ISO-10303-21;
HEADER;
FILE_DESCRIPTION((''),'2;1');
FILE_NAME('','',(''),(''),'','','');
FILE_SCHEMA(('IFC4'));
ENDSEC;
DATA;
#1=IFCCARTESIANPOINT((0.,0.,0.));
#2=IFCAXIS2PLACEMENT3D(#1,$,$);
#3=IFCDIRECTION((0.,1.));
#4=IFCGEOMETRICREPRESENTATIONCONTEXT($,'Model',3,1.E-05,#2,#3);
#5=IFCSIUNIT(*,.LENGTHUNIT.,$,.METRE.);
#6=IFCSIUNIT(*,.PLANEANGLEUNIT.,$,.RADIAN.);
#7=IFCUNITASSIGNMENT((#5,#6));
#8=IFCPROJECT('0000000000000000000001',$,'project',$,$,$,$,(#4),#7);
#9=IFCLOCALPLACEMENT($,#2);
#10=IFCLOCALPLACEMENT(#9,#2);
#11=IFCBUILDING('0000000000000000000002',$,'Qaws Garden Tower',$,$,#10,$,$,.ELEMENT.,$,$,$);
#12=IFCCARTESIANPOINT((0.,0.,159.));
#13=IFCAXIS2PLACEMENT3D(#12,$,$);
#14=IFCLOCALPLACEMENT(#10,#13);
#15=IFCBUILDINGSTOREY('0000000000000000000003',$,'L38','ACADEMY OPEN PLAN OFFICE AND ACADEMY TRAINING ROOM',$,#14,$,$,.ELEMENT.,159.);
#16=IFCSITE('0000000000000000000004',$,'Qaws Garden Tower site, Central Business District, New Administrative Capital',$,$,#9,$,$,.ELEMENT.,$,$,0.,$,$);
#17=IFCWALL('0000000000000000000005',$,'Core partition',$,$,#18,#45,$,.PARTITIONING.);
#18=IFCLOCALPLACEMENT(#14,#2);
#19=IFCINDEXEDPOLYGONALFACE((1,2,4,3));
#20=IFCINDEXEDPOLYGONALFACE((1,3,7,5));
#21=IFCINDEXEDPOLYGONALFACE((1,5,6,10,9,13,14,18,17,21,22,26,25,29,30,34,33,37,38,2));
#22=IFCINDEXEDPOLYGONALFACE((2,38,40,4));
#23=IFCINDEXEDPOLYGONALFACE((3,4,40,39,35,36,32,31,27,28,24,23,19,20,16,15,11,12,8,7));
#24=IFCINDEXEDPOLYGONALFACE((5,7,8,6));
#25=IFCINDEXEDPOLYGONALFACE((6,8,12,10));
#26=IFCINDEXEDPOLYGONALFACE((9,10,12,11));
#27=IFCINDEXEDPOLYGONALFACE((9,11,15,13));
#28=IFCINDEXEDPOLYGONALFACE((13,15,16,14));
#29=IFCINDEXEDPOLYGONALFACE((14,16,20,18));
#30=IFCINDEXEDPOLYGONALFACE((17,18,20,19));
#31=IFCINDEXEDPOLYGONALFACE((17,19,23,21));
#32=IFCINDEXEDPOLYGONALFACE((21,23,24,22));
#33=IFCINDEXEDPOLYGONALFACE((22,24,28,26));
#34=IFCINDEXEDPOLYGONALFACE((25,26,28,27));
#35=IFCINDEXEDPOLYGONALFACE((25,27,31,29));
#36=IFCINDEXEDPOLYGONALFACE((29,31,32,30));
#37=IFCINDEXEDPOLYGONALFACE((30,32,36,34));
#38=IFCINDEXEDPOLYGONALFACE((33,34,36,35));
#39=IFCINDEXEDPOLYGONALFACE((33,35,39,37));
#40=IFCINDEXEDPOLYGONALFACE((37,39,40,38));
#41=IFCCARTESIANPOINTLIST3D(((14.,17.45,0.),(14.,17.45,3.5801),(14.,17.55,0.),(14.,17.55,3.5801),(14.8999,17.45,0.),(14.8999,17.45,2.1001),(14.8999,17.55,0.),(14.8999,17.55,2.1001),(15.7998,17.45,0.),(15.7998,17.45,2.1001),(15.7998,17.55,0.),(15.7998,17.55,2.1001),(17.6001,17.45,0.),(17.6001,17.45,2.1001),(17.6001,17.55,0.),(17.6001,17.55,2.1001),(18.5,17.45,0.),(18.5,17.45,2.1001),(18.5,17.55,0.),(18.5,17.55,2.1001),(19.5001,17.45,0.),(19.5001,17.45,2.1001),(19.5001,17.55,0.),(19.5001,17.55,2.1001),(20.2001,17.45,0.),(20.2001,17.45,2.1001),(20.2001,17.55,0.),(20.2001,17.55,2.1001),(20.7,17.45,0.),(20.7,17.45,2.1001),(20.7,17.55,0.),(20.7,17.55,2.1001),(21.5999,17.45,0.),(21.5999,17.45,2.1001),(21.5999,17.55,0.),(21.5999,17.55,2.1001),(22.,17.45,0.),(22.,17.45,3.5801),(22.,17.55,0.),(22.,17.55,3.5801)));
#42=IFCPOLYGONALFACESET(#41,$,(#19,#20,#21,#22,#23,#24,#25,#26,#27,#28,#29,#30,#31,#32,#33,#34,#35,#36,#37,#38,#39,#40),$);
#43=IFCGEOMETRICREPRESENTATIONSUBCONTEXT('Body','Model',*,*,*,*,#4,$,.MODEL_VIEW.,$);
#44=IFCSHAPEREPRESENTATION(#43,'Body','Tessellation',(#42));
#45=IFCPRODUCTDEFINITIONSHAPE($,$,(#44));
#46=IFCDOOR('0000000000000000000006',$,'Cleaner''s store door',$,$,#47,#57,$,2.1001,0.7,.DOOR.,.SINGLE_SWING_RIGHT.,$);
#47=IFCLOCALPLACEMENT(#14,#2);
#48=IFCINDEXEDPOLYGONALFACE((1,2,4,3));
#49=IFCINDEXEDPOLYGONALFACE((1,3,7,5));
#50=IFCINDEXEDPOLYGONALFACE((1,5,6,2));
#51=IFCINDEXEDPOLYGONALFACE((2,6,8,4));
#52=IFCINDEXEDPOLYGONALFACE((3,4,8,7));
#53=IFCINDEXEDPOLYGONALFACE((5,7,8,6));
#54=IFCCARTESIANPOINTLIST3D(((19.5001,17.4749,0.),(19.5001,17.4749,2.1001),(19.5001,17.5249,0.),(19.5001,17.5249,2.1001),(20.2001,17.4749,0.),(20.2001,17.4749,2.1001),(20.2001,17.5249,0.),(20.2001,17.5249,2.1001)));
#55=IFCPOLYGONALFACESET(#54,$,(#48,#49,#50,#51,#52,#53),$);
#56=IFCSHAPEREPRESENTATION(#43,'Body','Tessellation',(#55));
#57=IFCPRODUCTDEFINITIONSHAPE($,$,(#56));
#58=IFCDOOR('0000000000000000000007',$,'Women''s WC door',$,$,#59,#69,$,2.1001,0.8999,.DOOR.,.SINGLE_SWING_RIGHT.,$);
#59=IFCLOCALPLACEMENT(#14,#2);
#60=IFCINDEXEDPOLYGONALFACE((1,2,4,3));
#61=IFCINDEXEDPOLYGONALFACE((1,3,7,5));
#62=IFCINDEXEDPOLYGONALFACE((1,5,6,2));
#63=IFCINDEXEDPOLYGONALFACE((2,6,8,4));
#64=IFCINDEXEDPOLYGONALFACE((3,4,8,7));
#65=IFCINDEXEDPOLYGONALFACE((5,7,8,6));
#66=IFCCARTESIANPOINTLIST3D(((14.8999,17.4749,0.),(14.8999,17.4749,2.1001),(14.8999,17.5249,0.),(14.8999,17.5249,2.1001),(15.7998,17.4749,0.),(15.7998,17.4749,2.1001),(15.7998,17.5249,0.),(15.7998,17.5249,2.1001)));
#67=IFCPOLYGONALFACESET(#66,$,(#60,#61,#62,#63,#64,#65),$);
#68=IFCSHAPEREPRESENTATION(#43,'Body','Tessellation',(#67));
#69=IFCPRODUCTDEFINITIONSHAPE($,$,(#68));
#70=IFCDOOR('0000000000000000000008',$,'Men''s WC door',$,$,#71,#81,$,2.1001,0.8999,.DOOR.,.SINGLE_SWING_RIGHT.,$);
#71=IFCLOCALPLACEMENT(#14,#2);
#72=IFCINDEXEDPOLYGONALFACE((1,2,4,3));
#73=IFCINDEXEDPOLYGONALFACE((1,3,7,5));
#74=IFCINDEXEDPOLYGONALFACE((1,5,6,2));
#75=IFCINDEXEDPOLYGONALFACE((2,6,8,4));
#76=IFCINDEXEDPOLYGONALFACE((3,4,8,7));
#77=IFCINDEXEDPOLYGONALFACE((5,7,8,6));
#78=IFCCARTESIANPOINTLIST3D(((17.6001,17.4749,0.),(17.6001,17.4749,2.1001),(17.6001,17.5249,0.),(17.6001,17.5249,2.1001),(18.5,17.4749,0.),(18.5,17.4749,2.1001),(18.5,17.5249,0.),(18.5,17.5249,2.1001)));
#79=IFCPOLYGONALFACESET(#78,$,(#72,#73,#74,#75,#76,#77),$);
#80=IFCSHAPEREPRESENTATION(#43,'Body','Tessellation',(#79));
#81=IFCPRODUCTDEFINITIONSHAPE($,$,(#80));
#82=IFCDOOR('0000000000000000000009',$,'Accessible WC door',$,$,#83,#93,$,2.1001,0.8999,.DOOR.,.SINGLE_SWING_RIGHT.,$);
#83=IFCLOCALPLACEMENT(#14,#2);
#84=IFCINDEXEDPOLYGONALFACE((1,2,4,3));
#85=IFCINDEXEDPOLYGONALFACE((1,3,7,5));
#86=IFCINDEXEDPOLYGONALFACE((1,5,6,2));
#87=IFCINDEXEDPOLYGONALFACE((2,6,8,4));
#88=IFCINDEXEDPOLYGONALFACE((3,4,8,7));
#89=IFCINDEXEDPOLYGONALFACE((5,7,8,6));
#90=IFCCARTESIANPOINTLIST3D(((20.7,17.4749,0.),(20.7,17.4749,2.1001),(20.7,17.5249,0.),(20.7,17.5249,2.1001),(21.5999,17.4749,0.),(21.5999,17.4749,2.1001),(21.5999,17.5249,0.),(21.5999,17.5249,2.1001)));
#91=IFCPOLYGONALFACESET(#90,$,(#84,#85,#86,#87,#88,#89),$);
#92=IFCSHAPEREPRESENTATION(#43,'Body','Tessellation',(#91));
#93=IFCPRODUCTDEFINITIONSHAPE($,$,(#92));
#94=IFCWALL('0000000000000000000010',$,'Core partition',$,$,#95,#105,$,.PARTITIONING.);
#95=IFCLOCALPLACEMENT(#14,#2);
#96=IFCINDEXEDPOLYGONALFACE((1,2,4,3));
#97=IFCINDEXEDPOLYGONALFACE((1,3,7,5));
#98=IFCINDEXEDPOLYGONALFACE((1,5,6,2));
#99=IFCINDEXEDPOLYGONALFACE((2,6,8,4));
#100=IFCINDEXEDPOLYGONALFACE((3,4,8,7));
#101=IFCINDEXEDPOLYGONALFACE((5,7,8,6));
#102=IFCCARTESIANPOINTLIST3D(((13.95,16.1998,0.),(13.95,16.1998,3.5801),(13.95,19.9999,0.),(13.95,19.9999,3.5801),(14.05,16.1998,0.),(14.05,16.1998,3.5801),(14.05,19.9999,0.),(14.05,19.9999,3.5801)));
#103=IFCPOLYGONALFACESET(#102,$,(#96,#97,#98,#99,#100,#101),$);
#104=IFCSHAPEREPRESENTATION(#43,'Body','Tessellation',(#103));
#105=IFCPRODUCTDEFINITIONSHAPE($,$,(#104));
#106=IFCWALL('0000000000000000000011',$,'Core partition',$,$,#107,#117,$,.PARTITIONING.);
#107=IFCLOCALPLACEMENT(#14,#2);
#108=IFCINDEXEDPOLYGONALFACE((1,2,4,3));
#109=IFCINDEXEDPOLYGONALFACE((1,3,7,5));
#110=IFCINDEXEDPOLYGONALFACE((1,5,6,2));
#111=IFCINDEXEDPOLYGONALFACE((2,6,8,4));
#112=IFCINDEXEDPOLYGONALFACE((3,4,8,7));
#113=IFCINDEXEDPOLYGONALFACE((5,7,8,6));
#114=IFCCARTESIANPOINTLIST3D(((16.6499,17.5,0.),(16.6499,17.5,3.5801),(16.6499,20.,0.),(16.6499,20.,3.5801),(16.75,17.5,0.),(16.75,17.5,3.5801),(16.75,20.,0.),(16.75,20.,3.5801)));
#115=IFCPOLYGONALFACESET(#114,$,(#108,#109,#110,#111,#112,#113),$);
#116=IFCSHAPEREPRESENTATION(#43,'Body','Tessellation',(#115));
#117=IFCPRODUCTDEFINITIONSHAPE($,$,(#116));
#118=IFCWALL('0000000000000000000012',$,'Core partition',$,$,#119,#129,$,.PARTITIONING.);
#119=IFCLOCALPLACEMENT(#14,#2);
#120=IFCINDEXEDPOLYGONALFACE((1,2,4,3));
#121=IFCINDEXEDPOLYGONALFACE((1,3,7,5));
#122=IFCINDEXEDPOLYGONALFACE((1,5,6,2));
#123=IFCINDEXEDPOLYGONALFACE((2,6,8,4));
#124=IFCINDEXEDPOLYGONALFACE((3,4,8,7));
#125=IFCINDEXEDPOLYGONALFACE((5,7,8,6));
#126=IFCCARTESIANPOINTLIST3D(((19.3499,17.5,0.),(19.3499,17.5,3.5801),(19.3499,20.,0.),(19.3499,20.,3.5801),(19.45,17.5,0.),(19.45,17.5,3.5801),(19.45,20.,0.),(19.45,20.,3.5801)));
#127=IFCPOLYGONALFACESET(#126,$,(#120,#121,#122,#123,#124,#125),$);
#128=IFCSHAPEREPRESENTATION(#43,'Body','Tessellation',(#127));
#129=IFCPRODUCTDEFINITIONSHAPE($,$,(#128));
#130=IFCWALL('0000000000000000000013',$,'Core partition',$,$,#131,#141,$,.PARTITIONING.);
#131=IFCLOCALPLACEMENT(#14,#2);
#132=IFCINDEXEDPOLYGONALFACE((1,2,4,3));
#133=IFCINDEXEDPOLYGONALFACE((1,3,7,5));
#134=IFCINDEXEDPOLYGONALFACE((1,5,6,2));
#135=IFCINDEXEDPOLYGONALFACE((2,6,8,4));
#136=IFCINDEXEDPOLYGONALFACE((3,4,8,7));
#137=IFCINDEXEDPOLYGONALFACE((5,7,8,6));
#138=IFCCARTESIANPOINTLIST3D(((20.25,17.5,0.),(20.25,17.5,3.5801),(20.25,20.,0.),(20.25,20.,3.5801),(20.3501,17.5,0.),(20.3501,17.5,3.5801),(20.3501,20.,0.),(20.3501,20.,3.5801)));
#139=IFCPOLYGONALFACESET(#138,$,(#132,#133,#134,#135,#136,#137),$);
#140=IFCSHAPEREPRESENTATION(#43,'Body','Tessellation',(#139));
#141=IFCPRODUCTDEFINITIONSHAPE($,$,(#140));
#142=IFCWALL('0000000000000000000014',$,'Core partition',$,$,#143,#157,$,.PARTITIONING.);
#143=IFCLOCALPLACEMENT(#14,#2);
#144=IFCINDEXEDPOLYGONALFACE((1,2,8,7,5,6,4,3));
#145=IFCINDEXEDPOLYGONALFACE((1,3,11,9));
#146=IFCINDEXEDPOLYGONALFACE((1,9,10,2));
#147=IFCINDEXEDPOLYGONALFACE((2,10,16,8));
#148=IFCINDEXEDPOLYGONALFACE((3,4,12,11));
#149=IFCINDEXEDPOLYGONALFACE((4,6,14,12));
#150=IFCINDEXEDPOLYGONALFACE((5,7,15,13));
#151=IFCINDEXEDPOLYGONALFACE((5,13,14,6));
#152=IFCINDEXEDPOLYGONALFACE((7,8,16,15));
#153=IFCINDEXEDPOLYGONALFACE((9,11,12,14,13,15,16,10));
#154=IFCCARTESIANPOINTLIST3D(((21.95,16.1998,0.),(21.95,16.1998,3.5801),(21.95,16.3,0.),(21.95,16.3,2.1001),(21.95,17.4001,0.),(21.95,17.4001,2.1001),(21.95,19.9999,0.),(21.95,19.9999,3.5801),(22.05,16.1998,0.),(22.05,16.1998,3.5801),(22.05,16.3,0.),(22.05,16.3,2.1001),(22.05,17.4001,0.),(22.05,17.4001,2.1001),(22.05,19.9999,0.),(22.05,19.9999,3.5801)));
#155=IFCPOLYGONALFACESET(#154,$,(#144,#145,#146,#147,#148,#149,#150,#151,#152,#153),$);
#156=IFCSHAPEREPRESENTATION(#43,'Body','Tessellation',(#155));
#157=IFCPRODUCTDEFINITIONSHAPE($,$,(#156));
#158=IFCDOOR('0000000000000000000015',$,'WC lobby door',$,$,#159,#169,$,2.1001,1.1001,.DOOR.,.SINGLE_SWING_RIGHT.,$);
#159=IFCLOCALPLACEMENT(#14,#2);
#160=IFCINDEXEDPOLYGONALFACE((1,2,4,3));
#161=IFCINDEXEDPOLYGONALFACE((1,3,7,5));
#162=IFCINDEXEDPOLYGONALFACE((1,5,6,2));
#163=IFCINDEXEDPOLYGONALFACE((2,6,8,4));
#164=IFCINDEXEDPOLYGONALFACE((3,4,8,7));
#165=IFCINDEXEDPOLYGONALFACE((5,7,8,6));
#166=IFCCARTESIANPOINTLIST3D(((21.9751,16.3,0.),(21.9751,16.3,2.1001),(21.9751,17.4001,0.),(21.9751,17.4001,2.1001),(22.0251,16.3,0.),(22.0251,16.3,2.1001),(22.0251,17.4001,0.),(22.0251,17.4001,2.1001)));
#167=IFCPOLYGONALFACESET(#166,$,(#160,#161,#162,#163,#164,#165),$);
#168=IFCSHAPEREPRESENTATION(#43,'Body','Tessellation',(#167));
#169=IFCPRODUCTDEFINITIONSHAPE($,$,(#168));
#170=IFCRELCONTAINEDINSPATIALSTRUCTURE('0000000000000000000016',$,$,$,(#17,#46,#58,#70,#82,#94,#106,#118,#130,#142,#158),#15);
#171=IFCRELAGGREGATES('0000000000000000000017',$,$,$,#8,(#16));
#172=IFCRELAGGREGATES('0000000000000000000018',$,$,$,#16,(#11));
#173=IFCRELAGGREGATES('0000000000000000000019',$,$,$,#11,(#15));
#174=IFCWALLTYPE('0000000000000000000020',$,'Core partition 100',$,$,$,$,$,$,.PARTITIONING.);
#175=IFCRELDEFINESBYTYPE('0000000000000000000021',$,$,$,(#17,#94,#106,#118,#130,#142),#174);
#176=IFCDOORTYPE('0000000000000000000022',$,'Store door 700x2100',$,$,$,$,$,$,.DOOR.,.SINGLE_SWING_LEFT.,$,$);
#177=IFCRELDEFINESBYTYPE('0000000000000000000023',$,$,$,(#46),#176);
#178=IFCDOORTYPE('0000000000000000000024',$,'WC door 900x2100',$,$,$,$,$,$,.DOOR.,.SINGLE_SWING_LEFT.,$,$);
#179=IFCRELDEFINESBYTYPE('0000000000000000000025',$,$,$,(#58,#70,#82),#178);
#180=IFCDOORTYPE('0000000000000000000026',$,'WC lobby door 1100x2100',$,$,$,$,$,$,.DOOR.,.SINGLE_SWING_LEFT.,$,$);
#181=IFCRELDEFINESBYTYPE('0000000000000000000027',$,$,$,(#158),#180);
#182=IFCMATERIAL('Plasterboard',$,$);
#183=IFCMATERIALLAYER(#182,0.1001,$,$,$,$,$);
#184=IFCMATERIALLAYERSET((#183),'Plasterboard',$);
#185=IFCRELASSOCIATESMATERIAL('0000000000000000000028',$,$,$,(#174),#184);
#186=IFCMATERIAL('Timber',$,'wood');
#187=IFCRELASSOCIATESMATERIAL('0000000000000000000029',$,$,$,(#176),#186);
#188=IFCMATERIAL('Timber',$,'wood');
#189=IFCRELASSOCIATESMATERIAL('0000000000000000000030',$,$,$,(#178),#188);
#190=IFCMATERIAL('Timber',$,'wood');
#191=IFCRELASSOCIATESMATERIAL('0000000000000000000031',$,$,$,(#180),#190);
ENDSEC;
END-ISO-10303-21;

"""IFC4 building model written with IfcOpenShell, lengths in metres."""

from ifc_helpers import new_model, si_unit, direction, frame, frame_2d, origin, place, context, subcontext, project, spatial, rectangle, extrude, material, layer, layer_set, type_object, element, fill, save


model = new_model("IFC4")

# Units and contexts
model_context = context("Model", 3, precision=1e-05, world=origin(), true_north=direction((0.0, 1.0)))
body_context = subcontext(model_context, "Body", "Model", "MODEL_VIEW")
ifc_project = project(units=[si_unit("LENGTHUNIT", "METRE"), si_unit("PLANEANGLEUNIT", "RADIAN")], contexts=[model_context])

# Site, building, storey
site_placement = place(None, origin())
site = spatial("IfcSite", under=ifc_project, at=site_placement, Name="Qaws Garden Tower site, Central Business District, New Administrative Capital", CompositionType="ELEMENT", RefElevation=0.0)
building_placement = place(site_placement, origin())
building = spatial("IfcBuilding", under=site, at=building_placement, Name="Qaws Garden Tower", CompositionType="ELEMENT")
storey_placement = place(building_placement, frame((0.0, 0.0, 159.0)))
storey = spatial("IfcBuildingStorey", under=building, at=storey_placement, Name="L38", Description="ACADEMY OPEN PLAN OFFICE AND ACADEMY TRAINING ROOM", CompositionType="ELEMENT", Elevation=159.0)

# Wall, openings, doors
ifc_material_1 = material(Name="Plasterboard")
ifc_layer_1 = layer(ifc_material_1, 0.1001)
ifc_layer_set_1 = layer_set([ifc_layer_1], Name="Plasterboard")
wall_type_1 = type_object("IfcWallType", Name="Core partition 100", PredefinedType="PARTITIONING", material=ifc_layer_set_1)
wall_1_placement = place(storey_placement, frame((14.0, 17.5, 0.0), z_axis=(0.0, 0.0, 1.0), x_axis=(1.0, 0.0, 0.0)))
wall_1 = element("IfcWall", 1, at=wall_1_placement, inside=storey, type_object=wall_type_1, Name="Core partition", PredefinedType="PARTITIONING", context=body_context, shape_type="SweptSolid", body=[
    extrude(rectangle(XDim=8.0, YDim=0.1001, at=frame_2d((4.0, 0.0))), origin(), (0.0, 0.0, 1.0), 3.5801),
])
opening_1_placement = place(wall_1_placement, frame((0.8999, 0.0, 0.0)))
opening_1 = element("IfcOpeningElement", 2, at=opening_1_placement, cuts=wall_1, PredefinedType="OPENING", context=body_context, shape_type="SweptSolid", body=[
    extrude(rectangle(XDim=0.8999, YDim=2.1001, at=frame_2d((0.45, 1.05))), frame((0.0, 0.0601, 0.0), z_axis=(0.0, -1.0, 0.0), x_axis=(1.0, 0.0, 0.0)), (0.0, 0.0, 1.0), 0.1201),
])
opening_2_placement = place(wall_1_placement, frame((3.6001, 0.0, 0.0)))
opening_2 = element("IfcOpeningElement", 3, at=opening_2_placement, cuts=wall_1, PredefinedType="OPENING", context=body_context, shape_type="SweptSolid", body=[
    extrude(rectangle(XDim=0.8999, YDim=2.1001, at=frame_2d((0.45, 1.05))), frame((0.0, 0.0601, 0.0), z_axis=(0.0, -1.0, 0.0), x_axis=(1.0, 0.0, 0.0)), (0.0, 0.0, 1.0), 0.1201),
])
opening_3_placement = place(wall_1_placement, frame((5.5, 0.0, 0.0)))
opening_3 = element("IfcOpeningElement", 4, at=opening_3_placement, cuts=wall_1, PredefinedType="OPENING", context=body_context, shape_type="SweptSolid", body=[
    extrude(rectangle(XDim=0.7, YDim=2.1001, at=frame_2d((0.3501, 1.05))), frame((0.0, 0.0601, 0.0), z_axis=(0.0, -1.0, 0.0), x_axis=(1.0, 0.0, 0.0)), (0.0, 0.0, 1.0), 0.1201),
])
opening_4_placement = place(wall_1_placement, frame((6.7, 0.0, 0.0)))
opening_4 = element("IfcOpeningElement", 5, at=opening_4_placement, cuts=wall_1, PredefinedType="OPENING", context=body_context, shape_type="SweptSolid", body=[
    extrude(rectangle(XDim=0.8999, YDim=2.1001, at=frame_2d((0.45, 1.05))), frame((0.0, 0.0601, 0.0), z_axis=(0.0, -1.0, 0.0), x_axis=(1.0, 0.0, 0.0)), (0.0, 0.0, 1.0), 0.1201),
])
ifc_material_2 = material(Name="Timber", Category="wood")
door_type_1 = type_object("IfcDoorType", Name="Store door 700x2100", OperationType="SINGLE_SWING_LEFT", PredefinedType="DOOR", material=ifc_material_2)
door_1_placement = place(opening_3_placement, origin())
door_1 = element("IfcDoor", 6, at=door_1_placement, inside=storey, type_object=door_type_1, Name="Cleaner's store door", OperationType="SINGLE_SWING_RIGHT", OverallHeight=2.1001, OverallWidth=0.7, PredefinedType="DOOR", context=body_context, shape_type="SweptSolid", body=[
    extrude(rectangle(XDim=0.7, YDim=2.1001, at=frame_2d((0.3501, 1.05))), frame((0.0, 0.0249, 0.0), z_axis=(0.0, -1.0, 0.0), x_axis=(1.0, 0.0, 0.0)), (0.0, 0.0, 1.0), 0.05),
])
fill(opening_3, door_1)
ifc_material_3 = material(Name="Timber", Category="wood")
door_type_2 = type_object("IfcDoorType", Name="WC door 900x2100", OperationType="SINGLE_SWING_LEFT", PredefinedType="DOOR", material=ifc_material_3)
door_2_placement = place(opening_1_placement, origin())
door_2 = element("IfcDoor", 7, at=door_2_placement, inside=storey, type_object=door_type_2, Name="Women's WC door", OperationType="SINGLE_SWING_RIGHT", OverallHeight=2.1001, OverallWidth=0.8999, PredefinedType="DOOR", context=body_context, shape_type="SweptSolid", body=[
    extrude(rectangle(XDim=0.8999, YDim=2.1001, at=frame_2d((0.45, 1.05))), frame((0.0, 0.0249, 0.0), z_axis=(0.0, -1.0, 0.0), x_axis=(1.0, 0.0, 0.0)), (0.0, 0.0, 1.0), 0.05),
])
fill(opening_1, door_2)
door_3_placement = place(opening_2_placement, origin())
door_3 = element("IfcDoor", 8, at=door_3_placement, inside=storey, type_object=door_type_2, Name="Men's WC door", OperationType="SINGLE_SWING_RIGHT", OverallHeight=2.1001, OverallWidth=0.8999, PredefinedType="DOOR", context=body_context, shape_type="SweptSolid", body=[
    extrude(rectangle(XDim=0.8999, YDim=2.1001, at=frame_2d((0.45, 1.05))), frame((0.0, 0.0249, 0.0), z_axis=(0.0, -1.0, 0.0), x_axis=(1.0, 0.0, 0.0)), (0.0, 0.0, 1.0), 0.05),
])
fill(opening_2, door_3)
door_4_placement = place(opening_4_placement, origin())
door_4 = element("IfcDoor", 9, at=door_4_placement, inside=storey, type_object=door_type_2, Name="Accessible WC door", OperationType="SINGLE_SWING_RIGHT", OverallHeight=2.1001, OverallWidth=0.8999, PredefinedType="DOOR", context=body_context, shape_type="SweptSolid", body=[
    extrude(rectangle(XDim=0.8999, YDim=2.1001, at=frame_2d((0.45, 1.05))), frame((0.0, 0.0249, 0.0), z_axis=(0.0, -1.0, 0.0), x_axis=(1.0, 0.0, 0.0)), (0.0, 0.0, 1.0), 0.05),
])
fill(opening_4, door_4)

# Walls
wall_2_placement = place(storey_placement, frame((14.0, 16.2, 0.0), z_axis=(0.0, 0.0, 1.0), x_axis=(0.0, 1.0, 0.0)))
element("IfcWall", 10, at=wall_2_placement, inside=storey, type_object=wall_type_1, Name="Core partition", PredefinedType="PARTITIONING", context=body_context, shape_type="SweptSolid", body=[
    extrude(rectangle(XDim=3.8, YDim=0.1001, at=frame_2d((1.8999, 0.0))), origin(), (0.0, 0.0, 1.0), 3.5801),
])
for number, where, z_axis, x_axis, name in (
    (11, (16.7, 17.5, 0.0), (0.0, 0.0, 1.0), (0.0, 1.0, 0.0), "Core partition"),
    (12, (19.3999, 17.5, 0.0), (0.0, 0.0, 1.0), (0.0, 1.0, 0.0), "Core partition"),
    (13, (20.3, 17.5, 0.0), (0.0, 0.0, 1.0), (0.0, 1.0, 0.0), "Core partition"),
):
    element("IfcWall", number, at=place(storey_placement, frame(where, z_axis=z_axis, x_axis=x_axis)), inside=storey, type_object=wall_type_1, Name=name, PredefinedType="PARTITIONING", context=body_context, shape_type="SweptSolid", body=[
        extrude(rectangle(XDim=2.5, YDim=0.1001, at=frame_2d((1.25, 0.0))), origin(), (0.0, 0.0, 1.0), 3.5801),
    ])

# Wall, opening, door
wall_3_placement = place(storey_placement, frame((22.0, 16.2, 0.0), z_axis=(0.0, 0.0, 1.0), x_axis=(0.0, 1.0, 0.0)))
wall_3 = element("IfcWall", 14, at=wall_3_placement, inside=storey, type_object=wall_type_1, Name="Core partition", PredefinedType="PARTITIONING", context=body_context, shape_type="SweptSolid", body=[
    extrude(rectangle(XDim=3.8, YDim=0.1001, at=frame_2d((1.8999, 0.0))), origin(), (0.0, 0.0, 1.0), 3.5801),
])
opening_5_placement = place(wall_3_placement, frame((0.1001, 0.0, 0.0)))
opening_5 = element("IfcOpeningElement", 15, at=opening_5_placement, cuts=wall_3, PredefinedType="OPENING", context=body_context, shape_type="SweptSolid", body=[
    extrude(rectangle(XDim=1.1001, YDim=2.1001, at=frame_2d((0.55, 1.05))), frame((0.0, 0.0601, 0.0), z_axis=(0.0, -1.0, 0.0), x_axis=(1.0, 0.0, 0.0)), (0.0, 0.0, 1.0), 0.1201),
])
ifc_material_4 = material(Name="Timber", Category="wood")
door_type_3 = type_object("IfcDoorType", Name="WC lobby door 1100x2100", OperationType="SINGLE_SWING_LEFT", PredefinedType="DOOR", material=ifc_material_4)
door_5_placement = place(opening_5_placement, origin())
door_5 = element("IfcDoor", 16, at=door_5_placement, inside=storey, type_object=door_type_3, Name="WC lobby door", OperationType="SINGLE_SWING_RIGHT", OverallHeight=2.1001, OverallWidth=1.1001, PredefinedType="DOOR", context=body_context, shape_type="SweptSolid", body=[
    extrude(rectangle(XDim=1.1001, YDim=2.1001, at=frame_2d((0.55, 1.05))), frame((0.0, 0.0249, 0.0), z_axis=(0.0, -1.0, 0.0), x_axis=(1.0, 0.0, 0.0)), (0.0, 0.0, 1.0), 0.05),
])
fill(opening_5, door_5)

save(model, "model.ifc")
